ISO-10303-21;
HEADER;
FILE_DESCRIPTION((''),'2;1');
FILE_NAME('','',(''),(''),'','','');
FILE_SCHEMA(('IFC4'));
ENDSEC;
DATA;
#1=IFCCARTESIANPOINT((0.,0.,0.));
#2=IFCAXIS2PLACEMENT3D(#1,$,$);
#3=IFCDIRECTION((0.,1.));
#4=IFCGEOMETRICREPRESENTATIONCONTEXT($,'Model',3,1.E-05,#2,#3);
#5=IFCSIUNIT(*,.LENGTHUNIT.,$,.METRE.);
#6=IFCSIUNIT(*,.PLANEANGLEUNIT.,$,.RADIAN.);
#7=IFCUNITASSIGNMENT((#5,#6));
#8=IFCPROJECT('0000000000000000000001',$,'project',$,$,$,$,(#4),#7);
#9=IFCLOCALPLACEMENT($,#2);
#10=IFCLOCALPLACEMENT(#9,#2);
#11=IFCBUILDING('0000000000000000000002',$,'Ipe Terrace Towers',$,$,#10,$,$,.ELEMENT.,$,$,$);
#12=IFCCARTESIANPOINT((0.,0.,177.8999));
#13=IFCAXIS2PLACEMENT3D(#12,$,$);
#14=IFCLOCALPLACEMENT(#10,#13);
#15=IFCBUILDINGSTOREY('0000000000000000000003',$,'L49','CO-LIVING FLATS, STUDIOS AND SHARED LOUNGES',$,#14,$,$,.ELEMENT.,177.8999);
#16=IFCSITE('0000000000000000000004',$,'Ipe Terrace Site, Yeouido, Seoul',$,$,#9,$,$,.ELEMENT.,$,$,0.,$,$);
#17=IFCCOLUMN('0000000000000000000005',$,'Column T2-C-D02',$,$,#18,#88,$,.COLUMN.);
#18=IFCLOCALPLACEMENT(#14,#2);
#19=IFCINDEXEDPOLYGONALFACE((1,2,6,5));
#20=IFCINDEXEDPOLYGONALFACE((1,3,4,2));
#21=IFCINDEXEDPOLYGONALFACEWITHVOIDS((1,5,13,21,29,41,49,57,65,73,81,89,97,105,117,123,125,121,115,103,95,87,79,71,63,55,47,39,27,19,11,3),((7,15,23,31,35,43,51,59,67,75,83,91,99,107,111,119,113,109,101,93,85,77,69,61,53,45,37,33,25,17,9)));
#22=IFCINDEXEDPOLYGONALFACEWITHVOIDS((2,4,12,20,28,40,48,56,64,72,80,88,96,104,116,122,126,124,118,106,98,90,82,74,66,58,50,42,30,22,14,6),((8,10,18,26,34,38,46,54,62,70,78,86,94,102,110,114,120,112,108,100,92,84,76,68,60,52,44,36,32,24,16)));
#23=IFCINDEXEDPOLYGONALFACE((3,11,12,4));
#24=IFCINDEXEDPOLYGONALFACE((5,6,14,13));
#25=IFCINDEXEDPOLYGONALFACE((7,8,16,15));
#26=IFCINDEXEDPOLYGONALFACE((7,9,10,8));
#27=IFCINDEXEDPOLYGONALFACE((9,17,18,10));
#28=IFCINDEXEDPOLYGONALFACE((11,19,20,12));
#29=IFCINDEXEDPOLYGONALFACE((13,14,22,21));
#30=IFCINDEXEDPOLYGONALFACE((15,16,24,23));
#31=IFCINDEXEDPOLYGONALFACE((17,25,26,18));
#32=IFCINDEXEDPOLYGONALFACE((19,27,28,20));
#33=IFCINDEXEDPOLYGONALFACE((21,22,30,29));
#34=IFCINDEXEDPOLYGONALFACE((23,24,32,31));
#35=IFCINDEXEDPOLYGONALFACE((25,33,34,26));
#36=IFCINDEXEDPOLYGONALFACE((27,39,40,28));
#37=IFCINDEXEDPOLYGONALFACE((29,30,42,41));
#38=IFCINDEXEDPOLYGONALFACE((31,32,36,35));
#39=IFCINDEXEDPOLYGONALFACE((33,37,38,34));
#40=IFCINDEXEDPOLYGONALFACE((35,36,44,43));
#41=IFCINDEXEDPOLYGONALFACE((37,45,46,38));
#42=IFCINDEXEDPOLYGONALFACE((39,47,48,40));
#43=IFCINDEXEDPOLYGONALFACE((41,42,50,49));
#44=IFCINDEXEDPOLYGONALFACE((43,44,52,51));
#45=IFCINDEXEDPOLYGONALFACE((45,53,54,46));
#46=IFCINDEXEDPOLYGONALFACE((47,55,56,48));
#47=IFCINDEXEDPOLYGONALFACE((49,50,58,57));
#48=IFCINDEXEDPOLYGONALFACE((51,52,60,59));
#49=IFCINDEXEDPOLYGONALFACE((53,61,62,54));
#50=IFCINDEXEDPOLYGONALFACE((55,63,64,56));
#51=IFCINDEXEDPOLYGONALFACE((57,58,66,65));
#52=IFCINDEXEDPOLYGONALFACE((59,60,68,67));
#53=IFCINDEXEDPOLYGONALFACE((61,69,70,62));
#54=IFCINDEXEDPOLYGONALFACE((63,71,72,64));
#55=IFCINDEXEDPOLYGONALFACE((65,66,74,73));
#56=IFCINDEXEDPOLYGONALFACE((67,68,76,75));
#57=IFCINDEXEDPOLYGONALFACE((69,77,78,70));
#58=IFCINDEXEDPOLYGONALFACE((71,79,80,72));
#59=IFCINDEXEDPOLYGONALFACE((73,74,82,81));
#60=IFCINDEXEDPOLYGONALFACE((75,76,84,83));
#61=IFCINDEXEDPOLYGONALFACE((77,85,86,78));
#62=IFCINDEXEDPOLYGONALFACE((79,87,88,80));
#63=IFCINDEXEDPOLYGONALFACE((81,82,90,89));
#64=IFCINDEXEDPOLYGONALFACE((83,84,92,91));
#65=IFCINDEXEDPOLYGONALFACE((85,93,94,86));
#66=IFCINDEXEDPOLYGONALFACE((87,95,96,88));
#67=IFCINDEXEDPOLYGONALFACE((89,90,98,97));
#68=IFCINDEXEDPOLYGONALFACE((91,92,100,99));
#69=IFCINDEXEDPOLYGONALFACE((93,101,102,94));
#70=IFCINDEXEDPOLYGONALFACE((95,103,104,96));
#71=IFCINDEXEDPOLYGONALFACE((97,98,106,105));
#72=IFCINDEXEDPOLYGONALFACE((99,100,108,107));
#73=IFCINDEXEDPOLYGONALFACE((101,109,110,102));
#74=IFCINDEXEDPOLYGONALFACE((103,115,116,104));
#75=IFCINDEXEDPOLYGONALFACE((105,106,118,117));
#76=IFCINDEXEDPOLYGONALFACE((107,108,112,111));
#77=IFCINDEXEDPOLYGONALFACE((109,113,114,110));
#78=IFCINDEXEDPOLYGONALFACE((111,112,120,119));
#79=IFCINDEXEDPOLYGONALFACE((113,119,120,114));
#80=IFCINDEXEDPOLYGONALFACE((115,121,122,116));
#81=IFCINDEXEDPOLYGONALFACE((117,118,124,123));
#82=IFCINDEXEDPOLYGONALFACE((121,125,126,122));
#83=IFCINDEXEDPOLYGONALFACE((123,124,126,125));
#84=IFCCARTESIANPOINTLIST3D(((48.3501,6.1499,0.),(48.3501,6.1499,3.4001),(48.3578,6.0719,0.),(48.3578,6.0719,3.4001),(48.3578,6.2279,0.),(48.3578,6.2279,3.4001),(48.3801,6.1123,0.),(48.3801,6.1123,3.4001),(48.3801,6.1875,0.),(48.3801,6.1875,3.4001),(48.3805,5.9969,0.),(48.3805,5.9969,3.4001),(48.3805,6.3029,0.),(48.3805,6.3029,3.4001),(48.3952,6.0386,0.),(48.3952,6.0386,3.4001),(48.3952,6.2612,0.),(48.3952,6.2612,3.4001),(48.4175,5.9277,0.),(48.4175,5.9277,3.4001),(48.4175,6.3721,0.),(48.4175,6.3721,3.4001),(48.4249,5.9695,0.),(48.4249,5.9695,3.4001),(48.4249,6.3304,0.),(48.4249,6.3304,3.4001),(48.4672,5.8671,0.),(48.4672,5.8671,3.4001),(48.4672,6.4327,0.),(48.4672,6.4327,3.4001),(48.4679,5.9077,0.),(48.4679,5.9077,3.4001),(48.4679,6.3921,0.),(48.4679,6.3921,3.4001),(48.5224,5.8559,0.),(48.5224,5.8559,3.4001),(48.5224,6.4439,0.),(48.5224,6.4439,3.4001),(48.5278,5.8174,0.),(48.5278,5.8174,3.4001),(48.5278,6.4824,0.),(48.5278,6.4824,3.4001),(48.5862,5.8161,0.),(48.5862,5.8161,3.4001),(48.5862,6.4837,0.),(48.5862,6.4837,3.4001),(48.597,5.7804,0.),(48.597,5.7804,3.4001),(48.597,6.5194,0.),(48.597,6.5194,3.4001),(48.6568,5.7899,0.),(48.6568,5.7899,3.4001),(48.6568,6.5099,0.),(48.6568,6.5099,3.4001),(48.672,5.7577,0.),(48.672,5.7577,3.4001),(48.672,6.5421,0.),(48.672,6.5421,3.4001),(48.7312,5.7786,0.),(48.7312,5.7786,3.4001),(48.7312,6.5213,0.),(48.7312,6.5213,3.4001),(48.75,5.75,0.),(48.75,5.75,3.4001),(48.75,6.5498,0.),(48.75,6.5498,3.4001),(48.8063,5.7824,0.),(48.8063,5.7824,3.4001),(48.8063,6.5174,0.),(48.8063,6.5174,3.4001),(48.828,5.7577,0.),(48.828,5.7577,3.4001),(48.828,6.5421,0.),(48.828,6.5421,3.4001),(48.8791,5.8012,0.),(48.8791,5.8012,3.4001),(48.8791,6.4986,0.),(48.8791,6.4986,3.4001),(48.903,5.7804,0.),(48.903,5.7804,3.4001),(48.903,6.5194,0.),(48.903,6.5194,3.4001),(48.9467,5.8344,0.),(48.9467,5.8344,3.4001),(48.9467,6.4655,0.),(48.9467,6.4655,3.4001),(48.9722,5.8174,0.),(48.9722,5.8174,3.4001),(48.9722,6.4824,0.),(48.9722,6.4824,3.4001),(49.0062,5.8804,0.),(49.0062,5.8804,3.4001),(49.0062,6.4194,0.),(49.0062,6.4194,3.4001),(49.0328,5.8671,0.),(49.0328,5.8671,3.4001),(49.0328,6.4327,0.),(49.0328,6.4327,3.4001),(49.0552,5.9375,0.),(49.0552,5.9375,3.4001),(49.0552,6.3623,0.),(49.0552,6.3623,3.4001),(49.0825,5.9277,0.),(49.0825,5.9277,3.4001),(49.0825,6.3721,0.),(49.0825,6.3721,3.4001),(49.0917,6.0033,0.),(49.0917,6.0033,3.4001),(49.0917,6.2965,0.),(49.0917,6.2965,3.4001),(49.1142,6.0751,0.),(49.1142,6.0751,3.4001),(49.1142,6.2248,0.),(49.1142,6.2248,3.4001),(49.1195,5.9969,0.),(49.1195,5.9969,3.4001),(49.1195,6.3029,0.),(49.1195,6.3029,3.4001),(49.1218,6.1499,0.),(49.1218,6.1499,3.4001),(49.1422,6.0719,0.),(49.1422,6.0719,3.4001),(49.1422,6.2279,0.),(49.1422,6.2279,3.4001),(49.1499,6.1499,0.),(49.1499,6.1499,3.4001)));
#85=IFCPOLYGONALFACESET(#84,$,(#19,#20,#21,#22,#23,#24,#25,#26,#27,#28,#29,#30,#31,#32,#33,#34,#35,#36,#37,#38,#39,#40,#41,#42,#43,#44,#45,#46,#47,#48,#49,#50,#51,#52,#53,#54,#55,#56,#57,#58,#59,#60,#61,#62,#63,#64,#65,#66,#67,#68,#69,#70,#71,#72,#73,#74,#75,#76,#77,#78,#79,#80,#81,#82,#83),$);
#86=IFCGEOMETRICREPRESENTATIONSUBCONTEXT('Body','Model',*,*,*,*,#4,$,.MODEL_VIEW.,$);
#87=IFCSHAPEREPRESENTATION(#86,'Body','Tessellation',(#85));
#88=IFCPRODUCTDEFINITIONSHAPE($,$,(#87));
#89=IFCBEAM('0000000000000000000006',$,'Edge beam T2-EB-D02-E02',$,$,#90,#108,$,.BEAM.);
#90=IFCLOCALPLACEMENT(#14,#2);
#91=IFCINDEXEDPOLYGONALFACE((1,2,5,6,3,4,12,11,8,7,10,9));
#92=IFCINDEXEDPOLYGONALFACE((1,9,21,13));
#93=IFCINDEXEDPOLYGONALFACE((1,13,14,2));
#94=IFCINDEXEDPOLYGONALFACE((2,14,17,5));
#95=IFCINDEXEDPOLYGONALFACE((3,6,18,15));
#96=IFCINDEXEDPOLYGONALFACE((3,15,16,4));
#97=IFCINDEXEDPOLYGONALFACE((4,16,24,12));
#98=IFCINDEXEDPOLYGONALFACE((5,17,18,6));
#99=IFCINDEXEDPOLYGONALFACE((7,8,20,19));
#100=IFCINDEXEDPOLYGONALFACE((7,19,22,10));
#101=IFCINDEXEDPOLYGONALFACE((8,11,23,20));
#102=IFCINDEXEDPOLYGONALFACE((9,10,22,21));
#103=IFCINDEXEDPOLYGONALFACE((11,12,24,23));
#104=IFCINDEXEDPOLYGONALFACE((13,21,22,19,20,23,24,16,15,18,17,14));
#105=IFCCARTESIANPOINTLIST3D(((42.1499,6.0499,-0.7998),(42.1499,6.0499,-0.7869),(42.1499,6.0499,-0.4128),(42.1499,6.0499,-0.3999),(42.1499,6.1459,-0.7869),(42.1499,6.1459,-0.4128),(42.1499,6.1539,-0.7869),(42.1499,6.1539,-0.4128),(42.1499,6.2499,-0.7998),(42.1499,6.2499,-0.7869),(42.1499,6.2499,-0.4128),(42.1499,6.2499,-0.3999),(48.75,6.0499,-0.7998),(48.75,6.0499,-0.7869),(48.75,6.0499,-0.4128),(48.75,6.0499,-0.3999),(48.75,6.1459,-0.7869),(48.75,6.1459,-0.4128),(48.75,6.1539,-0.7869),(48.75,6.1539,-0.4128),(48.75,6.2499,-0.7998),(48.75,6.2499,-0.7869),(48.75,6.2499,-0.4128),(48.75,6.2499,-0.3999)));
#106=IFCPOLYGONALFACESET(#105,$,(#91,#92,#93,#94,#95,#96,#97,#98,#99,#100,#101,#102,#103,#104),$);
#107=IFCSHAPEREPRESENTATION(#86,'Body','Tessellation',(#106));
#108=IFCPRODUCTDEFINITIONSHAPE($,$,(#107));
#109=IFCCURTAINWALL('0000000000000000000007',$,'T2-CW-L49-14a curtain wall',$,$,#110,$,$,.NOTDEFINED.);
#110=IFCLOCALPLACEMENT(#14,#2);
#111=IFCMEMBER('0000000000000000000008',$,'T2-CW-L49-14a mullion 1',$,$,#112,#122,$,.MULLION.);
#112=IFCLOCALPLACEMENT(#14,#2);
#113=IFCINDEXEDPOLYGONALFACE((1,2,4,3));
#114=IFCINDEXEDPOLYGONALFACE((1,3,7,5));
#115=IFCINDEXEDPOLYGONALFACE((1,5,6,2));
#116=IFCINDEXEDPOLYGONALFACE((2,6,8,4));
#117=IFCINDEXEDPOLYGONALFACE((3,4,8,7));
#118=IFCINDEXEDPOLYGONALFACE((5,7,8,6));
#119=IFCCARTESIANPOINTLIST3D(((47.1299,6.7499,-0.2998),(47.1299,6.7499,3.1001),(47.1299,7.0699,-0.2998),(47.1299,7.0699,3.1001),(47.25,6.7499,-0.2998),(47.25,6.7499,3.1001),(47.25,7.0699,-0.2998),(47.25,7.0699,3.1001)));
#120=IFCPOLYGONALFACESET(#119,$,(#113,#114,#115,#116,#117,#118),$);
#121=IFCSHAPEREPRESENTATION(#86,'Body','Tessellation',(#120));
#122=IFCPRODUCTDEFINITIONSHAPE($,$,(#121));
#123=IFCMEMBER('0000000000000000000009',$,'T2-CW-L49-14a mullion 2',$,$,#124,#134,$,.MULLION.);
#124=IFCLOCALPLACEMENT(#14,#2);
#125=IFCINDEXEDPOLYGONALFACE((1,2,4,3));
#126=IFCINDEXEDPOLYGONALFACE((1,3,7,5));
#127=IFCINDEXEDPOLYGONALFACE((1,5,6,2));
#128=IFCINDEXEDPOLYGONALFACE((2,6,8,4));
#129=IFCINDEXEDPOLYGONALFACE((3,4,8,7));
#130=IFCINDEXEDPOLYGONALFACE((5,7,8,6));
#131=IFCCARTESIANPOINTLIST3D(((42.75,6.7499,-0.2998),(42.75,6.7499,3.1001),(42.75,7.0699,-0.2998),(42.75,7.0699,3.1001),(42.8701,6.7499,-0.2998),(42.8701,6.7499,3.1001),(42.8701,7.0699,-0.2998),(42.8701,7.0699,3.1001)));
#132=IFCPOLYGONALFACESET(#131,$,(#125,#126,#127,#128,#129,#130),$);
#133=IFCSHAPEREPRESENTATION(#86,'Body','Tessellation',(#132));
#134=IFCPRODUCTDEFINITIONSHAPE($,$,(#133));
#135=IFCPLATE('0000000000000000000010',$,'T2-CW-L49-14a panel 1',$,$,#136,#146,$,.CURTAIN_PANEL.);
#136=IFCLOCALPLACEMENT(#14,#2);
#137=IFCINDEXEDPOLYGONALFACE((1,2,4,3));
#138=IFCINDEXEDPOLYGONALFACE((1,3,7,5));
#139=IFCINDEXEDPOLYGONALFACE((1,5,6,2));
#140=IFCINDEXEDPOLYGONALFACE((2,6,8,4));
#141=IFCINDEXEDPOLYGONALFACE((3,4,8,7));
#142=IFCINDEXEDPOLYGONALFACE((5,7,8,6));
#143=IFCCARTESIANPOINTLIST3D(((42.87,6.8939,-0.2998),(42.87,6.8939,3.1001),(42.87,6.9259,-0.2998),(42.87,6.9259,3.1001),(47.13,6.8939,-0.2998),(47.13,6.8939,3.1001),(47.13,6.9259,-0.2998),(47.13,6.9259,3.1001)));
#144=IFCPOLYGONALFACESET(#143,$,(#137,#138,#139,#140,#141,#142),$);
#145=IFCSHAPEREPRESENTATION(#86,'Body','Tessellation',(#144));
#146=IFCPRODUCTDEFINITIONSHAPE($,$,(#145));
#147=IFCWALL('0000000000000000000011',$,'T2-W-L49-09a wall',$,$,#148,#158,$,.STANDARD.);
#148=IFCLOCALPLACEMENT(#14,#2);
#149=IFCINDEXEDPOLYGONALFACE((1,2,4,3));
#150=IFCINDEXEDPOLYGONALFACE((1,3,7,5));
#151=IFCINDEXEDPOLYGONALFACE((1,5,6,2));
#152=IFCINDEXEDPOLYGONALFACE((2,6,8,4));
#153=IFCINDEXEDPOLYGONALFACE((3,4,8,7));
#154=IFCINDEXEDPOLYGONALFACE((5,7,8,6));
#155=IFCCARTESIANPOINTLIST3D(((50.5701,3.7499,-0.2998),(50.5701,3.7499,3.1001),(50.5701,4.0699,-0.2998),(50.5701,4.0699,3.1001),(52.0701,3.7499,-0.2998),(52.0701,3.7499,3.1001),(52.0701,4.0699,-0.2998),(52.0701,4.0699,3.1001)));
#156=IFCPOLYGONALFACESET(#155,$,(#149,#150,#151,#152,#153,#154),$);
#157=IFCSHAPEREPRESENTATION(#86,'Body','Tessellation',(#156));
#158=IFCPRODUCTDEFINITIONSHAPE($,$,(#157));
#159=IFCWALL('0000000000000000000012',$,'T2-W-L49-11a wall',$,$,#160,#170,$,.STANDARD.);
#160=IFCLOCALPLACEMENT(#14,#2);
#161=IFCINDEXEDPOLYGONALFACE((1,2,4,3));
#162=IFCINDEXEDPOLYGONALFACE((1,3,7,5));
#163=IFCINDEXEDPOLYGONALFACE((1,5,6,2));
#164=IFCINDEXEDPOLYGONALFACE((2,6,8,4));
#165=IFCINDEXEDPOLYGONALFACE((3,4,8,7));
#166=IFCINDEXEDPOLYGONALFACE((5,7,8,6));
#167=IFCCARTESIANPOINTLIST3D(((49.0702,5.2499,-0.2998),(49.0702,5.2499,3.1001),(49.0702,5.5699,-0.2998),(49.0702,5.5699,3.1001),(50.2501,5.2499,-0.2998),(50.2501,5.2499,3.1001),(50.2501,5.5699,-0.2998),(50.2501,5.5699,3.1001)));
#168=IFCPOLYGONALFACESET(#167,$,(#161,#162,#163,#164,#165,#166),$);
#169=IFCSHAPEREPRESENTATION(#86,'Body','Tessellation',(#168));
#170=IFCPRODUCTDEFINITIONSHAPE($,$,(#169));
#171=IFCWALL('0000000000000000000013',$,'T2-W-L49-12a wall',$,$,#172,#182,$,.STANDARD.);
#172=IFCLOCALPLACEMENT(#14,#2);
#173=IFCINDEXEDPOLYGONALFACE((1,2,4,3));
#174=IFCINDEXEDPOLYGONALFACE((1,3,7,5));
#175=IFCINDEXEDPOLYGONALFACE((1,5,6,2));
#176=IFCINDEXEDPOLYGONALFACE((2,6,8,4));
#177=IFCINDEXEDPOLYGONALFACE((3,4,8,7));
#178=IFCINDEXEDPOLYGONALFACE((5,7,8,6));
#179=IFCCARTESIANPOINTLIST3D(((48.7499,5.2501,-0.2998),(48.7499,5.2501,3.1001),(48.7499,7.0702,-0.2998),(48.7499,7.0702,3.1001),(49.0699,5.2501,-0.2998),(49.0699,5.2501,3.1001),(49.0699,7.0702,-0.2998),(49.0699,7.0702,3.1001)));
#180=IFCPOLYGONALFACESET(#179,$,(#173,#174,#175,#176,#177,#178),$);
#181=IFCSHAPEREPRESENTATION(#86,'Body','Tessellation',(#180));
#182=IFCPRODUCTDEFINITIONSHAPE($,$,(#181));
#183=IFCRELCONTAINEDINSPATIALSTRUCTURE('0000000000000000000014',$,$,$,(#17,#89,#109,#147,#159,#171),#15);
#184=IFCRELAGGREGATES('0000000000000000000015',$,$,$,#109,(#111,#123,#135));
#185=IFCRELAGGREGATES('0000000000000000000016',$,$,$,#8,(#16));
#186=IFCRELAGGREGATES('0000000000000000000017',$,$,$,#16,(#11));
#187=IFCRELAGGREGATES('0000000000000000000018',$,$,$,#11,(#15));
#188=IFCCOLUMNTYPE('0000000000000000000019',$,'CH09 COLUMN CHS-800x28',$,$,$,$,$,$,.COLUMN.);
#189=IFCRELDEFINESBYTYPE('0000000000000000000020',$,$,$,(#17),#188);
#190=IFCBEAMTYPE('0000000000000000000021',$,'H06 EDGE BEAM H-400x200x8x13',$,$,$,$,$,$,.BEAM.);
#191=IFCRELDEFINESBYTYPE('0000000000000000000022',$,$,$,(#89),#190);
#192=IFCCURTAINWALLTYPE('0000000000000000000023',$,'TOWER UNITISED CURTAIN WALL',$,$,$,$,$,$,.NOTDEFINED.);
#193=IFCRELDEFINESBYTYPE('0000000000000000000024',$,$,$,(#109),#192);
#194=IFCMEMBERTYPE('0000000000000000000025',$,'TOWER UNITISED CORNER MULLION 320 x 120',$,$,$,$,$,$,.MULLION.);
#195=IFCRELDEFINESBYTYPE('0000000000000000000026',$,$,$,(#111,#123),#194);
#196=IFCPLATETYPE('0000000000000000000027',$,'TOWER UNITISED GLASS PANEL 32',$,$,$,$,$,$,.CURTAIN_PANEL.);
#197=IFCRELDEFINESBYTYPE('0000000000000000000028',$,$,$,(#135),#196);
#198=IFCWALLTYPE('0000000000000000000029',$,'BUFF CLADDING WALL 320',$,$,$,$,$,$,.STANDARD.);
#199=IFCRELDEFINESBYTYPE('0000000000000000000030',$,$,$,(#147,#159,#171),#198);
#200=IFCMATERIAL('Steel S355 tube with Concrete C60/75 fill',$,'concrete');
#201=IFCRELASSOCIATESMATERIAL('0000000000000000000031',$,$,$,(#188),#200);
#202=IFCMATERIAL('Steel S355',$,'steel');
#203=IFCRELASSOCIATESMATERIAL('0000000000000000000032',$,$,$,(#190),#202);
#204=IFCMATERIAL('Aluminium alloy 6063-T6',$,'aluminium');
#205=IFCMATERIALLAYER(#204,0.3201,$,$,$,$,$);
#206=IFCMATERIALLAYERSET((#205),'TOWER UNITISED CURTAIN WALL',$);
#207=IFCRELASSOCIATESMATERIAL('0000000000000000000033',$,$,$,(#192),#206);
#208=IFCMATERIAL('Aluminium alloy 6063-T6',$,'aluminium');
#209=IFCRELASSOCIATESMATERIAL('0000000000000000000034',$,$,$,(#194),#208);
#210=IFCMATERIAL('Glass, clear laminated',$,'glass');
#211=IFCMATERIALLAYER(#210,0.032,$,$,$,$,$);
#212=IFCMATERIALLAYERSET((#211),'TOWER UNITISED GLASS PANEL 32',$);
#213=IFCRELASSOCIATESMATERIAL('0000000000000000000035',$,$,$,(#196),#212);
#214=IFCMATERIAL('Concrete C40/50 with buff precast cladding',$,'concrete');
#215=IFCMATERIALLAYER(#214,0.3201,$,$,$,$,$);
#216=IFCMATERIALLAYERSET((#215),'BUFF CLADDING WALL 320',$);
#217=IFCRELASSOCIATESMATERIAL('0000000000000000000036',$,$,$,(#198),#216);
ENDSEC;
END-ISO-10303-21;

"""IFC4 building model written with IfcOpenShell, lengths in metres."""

from ifc_helpers import new_model, si_unit, direction, frame, frame_2d, origin, origin_2d, place, context, subcontext, project, spatial, rectangle, hollow_circle, i_section, extrude, material, layer, layer_set, material_profile, profile_set, type_object, element, aggregate, save


model = new_model("IFC4")

# Units and contexts
model_context = context("Model", 3, precision=1e-05, world=origin(), true_north=direction((0.0, 1.0)))
body_context = subcontext(model_context, "Body", "Model", "MODEL_VIEW")
ifc_project = project(units=[si_unit("LENGTHUNIT", "METRE"), si_unit("PLANEANGLEUNIT", "RADIAN")], contexts=[model_context])

# Site, building, storey
site_placement = place(None, origin())
site = spatial("IfcSite", under=ifc_project, at=site_placement, Name="Ipe Terrace Site, Yeouido, Seoul", CompositionType="ELEMENT", RefElevation=0.0)
building_placement = place(site_placement, origin())
building = spatial("IfcBuilding", under=site, at=building_placement, Name="Ipe Terrace Towers", CompositionType="ELEMENT")
storey_placement = place(building_placement, frame((0.0, 0.0, 177.8999)))
storey = spatial("IfcBuildingStorey", under=building, at=storey_placement, Name="L49", Description="CO-LIVING FLATS, STUDIOS AND SHARED LOUNGES", CompositionType="ELEMENT", Elevation=177.8999)

# Column
ifc_material_1 = material(Name="Steel S355 tube with Concrete C60/75 fill", Category="concrete")
ifc_material_profile_1 = material_profile(ifc_material_1, hollow_circle(Radius=0.3999, WallThickness=0.0281, at=origin_2d()), Name="CHS-800x28")
ifc_profile_set_1 = profile_set([ifc_material_profile_1], Name="Steel S355 tube with Concrete C60/75 fill")
column_type = type_object("IfcColumnType", Name="CH09 COLUMN CHS-800x28", PredefinedType="COLUMN", material=ifc_profile_set_1)
column_placement = place(storey_placement, frame((48.75, 6.1499, 0.0), z_axis=(0.0, 0.0, 1.0), x_axis=(1.0, 0.0, 0.0)))
element("IfcColumn", 1, at=column_placement, inside=storey, type_object=column_type, Name="Column T2-C-D02", PredefinedType="COLUMN", context=body_context, shape_type="SweptSolid", body=[
    extrude(hollow_circle(Radius=0.3999, WallThickness=0.0281, at=origin_2d()), origin(), (0.0, 0.0, 1.0), 3.4001),
])

# Beam
ifc_material_2 = material(Name="Steel S355", Category="steel")
ifc_material_profile_2 = material_profile(ifc_material_2, i_section(OverallWidth=0.2, OverallDepth=0.3999, WebThickness=0.0081, FlangeThickness=0.0129, at=origin_2d()), Name="H-400x200x8x13")
ifc_profile_set_2 = profile_set([ifc_material_profile_2], Name="Steel S355")
beam_type = type_object("IfcBeamType", Name="H06 EDGE BEAM H-400x200x8x13", PredefinedType="BEAM", material=ifc_profile_set_2)
beam_placement = place(storey_placement, frame((48.75, 6.1499, -0.5999), z_axis=(-1.0, 0.0, 0.0), x_axis=(0.0, -1.0, 0.0)))
element("IfcBeam", 2, at=beam_placement, inside=storey, type_object=beam_type, Name="Edge beam T2-EB-D02-E02", PredefinedType="BEAM", context=body_context, shape_type="SweptSolid", body=[
    extrude(i_section(OverallWidth=0.2, OverallDepth=0.3999, WebThickness=0.0081, FlangeThickness=0.0129, at=origin_2d()), origin(), (0.0, 0.0, 1.0), 6.6001),
])

# Curtain wall, members, plate
ifc_material_3 = material(Name="Aluminium alloy 6063-T6", Category="aluminium")
ifc_layer_1 = layer(ifc_material_3, 0.3201)
ifc_layer_set_1 = layer_set([ifc_layer_1], Name="TOWER UNITISED CURTAIN WALL")
curtain_wall_type = type_object("IfcCurtainWallType", Name="TOWER UNITISED CURTAIN WALL", PredefinedType="NOTDEFINED", material=ifc_layer_set_1)
curtain_wall_placement = place(storey_placement, origin())
curtain_wall = element("IfcCurtainWall", 3, at=curtain_wall_placement, inside=storey, type_object=curtain_wall_type, Name="T2-CW-L49-14a curtain wall", PredefinedType="NOTDEFINED")
ifc_material_4 = material(Name="Aluminium alloy 6063-T6", Category="aluminium")
ifc_material_profile_3 = material_profile(ifc_material_4, rectangle(XDim=0.3201, YDim=0.1201, at=origin_2d()), Name="TOWER UNITISED CORNER MULLION 320 x 120")
ifc_profile_set_3 = profile_set([ifc_material_profile_3], Name="Aluminium alloy 6063-T6")
member_type = type_object("IfcMemberType", Name="TOWER UNITISED CORNER MULLION 320 x 120", PredefinedType="MULLION", material=ifc_profile_set_3)
member_1_placement = place(storey_placement, frame((47.1899, 6.9099, -0.2998), z_axis=(0.0, 0.0, 1.0), x_axis=(0.0, 1.0, 0.0)))
member_1 = element("IfcMember", 4, at=member_1_placement, type_object=member_type, Name="T2-CW-L49-14a mullion 1", PredefinedType="MULLION", context=body_context, shape_type="SweptSolid", body=[
    extrude(rectangle(XDim=0.3201, YDim=0.1201, at=origin_2d()), origin(), (0.0, 0.0, 1.0), 3.3999),
])
member_2_placement = place(storey_placement, frame((42.8101, 6.9099, -0.2998), z_axis=(0.0, 0.0, 1.0), x_axis=(0.0, 1.0, 0.0)))
member_2 = element("IfcMember", 5, at=member_2_placement, type_object=member_type, Name="T2-CW-L49-14a mullion 2", PredefinedType="MULLION", context=body_context, shape_type="SweptSolid", body=[
    extrude(rectangle(XDim=0.3201, YDim=0.1201, at=origin_2d()), origin(), (0.0, 0.0, 1.0), 3.3999),
])
ifc_material_5 = material(Name="Glass, clear laminated", Category="glass")
ifc_layer_2 = layer(ifc_material_5, 0.032)
ifc_layer_set_2 = layer_set([ifc_layer_2], Name="TOWER UNITISED GLASS PANEL 32")
plate_type = type_object("IfcPlateType", Name="TOWER UNITISED GLASS PANEL 32", PredefinedType="CURTAIN_PANEL", material=ifc_layer_set_2)
plate_placement = place(storey_placement, frame((45.0, 6.9099, -0.2998), z_axis=(0.0, 0.0, 1.0), x_axis=(-1.0, 0.0, 0.0)))
plate = element("IfcPlate", 6, at=plate_placement, type_object=plate_type, Name="T2-CW-L49-14a panel 1", PredefinedType="CURTAIN_PANEL", context=body_context, shape_type="SweptSolid", body=[
    extrude(rectangle(XDim=4.26, YDim=0.032, at=origin_2d()), origin(), (0.0, 0.0, 1.0), 3.3999),
])
aggregate(curtain_wall, [member_1, member_2, plate])

# Walls
ifc_material_6 = material(Name="Concrete C40/50 with buff precast cladding", Category="concrete")
ifc_layer_3 = layer(ifc_material_6, 0.3201)
ifc_layer_set_3 = layer_set([ifc_layer_3], Name="BUFF CLADDING WALL 320")
wall_type_1 = type_object("IfcWallType", Name="BUFF CLADDING WALL 320", PredefinedType="STANDARD", material=ifc_layer_set_3)
wall_1_placement = place(storey_placement, frame((52.0701, 3.9099, -0.2998), z_axis=(0.0, 0.0, 1.0), x_axis=(-1.0, 0.0, 0.0)))
element("IfcWall", 7, at=wall_1_placement, inside=storey, type_object=wall_type_1, Name="T2-W-L49-09a wall", PredefinedType="STANDARD", context=body_context, shape_type="SweptSolid", body=[
    extrude(rectangle(XDim=1.5, YDim=0.3201, at=frame_2d((0.75, 0.0))), origin(), (0.0, 0.0, 1.0), 3.3999),
])
wall_2_placement = place(storey_placement, frame((50.25, 5.4099, -0.2998), z_axis=(0.0, 0.0, 1.0), x_axis=(-1.0, 0.0, 0.0)))
element("IfcWall", 8, at=wall_2_placement, inside=storey, type_object=wall_type_1, Name="T2-W-L49-11a wall", PredefinedType="STANDARD", context=body_context, shape_type="SweptSolid", body=[
    extrude(rectangle(XDim=1.1799, YDim=0.3201, at=frame_2d((0.5898, 0.0))), origin(), (0.0, 0.0, 1.0), 3.3999),
])
wall_3_placement = place(storey_placement, frame((48.9099, 5.25, -0.2998), z_axis=(0.0, 0.0, 1.0), x_axis=(0.0, 1.0, 0.0)))
element("IfcWall", 9, at=wall_3_placement, inside=storey, type_object=wall_type_1, Name="T2-W-L49-12a wall", PredefinedType="STANDARD", context=body_context, shape_type="SweptSolid", body=[
    extrude(rectangle(XDim=1.8201, YDim=0.3201, at=frame_2d((0.9102, 0.0))), origin(), (0.0, 0.0, 1.0), 3.3999),
])

save(model, "model.ifc")
